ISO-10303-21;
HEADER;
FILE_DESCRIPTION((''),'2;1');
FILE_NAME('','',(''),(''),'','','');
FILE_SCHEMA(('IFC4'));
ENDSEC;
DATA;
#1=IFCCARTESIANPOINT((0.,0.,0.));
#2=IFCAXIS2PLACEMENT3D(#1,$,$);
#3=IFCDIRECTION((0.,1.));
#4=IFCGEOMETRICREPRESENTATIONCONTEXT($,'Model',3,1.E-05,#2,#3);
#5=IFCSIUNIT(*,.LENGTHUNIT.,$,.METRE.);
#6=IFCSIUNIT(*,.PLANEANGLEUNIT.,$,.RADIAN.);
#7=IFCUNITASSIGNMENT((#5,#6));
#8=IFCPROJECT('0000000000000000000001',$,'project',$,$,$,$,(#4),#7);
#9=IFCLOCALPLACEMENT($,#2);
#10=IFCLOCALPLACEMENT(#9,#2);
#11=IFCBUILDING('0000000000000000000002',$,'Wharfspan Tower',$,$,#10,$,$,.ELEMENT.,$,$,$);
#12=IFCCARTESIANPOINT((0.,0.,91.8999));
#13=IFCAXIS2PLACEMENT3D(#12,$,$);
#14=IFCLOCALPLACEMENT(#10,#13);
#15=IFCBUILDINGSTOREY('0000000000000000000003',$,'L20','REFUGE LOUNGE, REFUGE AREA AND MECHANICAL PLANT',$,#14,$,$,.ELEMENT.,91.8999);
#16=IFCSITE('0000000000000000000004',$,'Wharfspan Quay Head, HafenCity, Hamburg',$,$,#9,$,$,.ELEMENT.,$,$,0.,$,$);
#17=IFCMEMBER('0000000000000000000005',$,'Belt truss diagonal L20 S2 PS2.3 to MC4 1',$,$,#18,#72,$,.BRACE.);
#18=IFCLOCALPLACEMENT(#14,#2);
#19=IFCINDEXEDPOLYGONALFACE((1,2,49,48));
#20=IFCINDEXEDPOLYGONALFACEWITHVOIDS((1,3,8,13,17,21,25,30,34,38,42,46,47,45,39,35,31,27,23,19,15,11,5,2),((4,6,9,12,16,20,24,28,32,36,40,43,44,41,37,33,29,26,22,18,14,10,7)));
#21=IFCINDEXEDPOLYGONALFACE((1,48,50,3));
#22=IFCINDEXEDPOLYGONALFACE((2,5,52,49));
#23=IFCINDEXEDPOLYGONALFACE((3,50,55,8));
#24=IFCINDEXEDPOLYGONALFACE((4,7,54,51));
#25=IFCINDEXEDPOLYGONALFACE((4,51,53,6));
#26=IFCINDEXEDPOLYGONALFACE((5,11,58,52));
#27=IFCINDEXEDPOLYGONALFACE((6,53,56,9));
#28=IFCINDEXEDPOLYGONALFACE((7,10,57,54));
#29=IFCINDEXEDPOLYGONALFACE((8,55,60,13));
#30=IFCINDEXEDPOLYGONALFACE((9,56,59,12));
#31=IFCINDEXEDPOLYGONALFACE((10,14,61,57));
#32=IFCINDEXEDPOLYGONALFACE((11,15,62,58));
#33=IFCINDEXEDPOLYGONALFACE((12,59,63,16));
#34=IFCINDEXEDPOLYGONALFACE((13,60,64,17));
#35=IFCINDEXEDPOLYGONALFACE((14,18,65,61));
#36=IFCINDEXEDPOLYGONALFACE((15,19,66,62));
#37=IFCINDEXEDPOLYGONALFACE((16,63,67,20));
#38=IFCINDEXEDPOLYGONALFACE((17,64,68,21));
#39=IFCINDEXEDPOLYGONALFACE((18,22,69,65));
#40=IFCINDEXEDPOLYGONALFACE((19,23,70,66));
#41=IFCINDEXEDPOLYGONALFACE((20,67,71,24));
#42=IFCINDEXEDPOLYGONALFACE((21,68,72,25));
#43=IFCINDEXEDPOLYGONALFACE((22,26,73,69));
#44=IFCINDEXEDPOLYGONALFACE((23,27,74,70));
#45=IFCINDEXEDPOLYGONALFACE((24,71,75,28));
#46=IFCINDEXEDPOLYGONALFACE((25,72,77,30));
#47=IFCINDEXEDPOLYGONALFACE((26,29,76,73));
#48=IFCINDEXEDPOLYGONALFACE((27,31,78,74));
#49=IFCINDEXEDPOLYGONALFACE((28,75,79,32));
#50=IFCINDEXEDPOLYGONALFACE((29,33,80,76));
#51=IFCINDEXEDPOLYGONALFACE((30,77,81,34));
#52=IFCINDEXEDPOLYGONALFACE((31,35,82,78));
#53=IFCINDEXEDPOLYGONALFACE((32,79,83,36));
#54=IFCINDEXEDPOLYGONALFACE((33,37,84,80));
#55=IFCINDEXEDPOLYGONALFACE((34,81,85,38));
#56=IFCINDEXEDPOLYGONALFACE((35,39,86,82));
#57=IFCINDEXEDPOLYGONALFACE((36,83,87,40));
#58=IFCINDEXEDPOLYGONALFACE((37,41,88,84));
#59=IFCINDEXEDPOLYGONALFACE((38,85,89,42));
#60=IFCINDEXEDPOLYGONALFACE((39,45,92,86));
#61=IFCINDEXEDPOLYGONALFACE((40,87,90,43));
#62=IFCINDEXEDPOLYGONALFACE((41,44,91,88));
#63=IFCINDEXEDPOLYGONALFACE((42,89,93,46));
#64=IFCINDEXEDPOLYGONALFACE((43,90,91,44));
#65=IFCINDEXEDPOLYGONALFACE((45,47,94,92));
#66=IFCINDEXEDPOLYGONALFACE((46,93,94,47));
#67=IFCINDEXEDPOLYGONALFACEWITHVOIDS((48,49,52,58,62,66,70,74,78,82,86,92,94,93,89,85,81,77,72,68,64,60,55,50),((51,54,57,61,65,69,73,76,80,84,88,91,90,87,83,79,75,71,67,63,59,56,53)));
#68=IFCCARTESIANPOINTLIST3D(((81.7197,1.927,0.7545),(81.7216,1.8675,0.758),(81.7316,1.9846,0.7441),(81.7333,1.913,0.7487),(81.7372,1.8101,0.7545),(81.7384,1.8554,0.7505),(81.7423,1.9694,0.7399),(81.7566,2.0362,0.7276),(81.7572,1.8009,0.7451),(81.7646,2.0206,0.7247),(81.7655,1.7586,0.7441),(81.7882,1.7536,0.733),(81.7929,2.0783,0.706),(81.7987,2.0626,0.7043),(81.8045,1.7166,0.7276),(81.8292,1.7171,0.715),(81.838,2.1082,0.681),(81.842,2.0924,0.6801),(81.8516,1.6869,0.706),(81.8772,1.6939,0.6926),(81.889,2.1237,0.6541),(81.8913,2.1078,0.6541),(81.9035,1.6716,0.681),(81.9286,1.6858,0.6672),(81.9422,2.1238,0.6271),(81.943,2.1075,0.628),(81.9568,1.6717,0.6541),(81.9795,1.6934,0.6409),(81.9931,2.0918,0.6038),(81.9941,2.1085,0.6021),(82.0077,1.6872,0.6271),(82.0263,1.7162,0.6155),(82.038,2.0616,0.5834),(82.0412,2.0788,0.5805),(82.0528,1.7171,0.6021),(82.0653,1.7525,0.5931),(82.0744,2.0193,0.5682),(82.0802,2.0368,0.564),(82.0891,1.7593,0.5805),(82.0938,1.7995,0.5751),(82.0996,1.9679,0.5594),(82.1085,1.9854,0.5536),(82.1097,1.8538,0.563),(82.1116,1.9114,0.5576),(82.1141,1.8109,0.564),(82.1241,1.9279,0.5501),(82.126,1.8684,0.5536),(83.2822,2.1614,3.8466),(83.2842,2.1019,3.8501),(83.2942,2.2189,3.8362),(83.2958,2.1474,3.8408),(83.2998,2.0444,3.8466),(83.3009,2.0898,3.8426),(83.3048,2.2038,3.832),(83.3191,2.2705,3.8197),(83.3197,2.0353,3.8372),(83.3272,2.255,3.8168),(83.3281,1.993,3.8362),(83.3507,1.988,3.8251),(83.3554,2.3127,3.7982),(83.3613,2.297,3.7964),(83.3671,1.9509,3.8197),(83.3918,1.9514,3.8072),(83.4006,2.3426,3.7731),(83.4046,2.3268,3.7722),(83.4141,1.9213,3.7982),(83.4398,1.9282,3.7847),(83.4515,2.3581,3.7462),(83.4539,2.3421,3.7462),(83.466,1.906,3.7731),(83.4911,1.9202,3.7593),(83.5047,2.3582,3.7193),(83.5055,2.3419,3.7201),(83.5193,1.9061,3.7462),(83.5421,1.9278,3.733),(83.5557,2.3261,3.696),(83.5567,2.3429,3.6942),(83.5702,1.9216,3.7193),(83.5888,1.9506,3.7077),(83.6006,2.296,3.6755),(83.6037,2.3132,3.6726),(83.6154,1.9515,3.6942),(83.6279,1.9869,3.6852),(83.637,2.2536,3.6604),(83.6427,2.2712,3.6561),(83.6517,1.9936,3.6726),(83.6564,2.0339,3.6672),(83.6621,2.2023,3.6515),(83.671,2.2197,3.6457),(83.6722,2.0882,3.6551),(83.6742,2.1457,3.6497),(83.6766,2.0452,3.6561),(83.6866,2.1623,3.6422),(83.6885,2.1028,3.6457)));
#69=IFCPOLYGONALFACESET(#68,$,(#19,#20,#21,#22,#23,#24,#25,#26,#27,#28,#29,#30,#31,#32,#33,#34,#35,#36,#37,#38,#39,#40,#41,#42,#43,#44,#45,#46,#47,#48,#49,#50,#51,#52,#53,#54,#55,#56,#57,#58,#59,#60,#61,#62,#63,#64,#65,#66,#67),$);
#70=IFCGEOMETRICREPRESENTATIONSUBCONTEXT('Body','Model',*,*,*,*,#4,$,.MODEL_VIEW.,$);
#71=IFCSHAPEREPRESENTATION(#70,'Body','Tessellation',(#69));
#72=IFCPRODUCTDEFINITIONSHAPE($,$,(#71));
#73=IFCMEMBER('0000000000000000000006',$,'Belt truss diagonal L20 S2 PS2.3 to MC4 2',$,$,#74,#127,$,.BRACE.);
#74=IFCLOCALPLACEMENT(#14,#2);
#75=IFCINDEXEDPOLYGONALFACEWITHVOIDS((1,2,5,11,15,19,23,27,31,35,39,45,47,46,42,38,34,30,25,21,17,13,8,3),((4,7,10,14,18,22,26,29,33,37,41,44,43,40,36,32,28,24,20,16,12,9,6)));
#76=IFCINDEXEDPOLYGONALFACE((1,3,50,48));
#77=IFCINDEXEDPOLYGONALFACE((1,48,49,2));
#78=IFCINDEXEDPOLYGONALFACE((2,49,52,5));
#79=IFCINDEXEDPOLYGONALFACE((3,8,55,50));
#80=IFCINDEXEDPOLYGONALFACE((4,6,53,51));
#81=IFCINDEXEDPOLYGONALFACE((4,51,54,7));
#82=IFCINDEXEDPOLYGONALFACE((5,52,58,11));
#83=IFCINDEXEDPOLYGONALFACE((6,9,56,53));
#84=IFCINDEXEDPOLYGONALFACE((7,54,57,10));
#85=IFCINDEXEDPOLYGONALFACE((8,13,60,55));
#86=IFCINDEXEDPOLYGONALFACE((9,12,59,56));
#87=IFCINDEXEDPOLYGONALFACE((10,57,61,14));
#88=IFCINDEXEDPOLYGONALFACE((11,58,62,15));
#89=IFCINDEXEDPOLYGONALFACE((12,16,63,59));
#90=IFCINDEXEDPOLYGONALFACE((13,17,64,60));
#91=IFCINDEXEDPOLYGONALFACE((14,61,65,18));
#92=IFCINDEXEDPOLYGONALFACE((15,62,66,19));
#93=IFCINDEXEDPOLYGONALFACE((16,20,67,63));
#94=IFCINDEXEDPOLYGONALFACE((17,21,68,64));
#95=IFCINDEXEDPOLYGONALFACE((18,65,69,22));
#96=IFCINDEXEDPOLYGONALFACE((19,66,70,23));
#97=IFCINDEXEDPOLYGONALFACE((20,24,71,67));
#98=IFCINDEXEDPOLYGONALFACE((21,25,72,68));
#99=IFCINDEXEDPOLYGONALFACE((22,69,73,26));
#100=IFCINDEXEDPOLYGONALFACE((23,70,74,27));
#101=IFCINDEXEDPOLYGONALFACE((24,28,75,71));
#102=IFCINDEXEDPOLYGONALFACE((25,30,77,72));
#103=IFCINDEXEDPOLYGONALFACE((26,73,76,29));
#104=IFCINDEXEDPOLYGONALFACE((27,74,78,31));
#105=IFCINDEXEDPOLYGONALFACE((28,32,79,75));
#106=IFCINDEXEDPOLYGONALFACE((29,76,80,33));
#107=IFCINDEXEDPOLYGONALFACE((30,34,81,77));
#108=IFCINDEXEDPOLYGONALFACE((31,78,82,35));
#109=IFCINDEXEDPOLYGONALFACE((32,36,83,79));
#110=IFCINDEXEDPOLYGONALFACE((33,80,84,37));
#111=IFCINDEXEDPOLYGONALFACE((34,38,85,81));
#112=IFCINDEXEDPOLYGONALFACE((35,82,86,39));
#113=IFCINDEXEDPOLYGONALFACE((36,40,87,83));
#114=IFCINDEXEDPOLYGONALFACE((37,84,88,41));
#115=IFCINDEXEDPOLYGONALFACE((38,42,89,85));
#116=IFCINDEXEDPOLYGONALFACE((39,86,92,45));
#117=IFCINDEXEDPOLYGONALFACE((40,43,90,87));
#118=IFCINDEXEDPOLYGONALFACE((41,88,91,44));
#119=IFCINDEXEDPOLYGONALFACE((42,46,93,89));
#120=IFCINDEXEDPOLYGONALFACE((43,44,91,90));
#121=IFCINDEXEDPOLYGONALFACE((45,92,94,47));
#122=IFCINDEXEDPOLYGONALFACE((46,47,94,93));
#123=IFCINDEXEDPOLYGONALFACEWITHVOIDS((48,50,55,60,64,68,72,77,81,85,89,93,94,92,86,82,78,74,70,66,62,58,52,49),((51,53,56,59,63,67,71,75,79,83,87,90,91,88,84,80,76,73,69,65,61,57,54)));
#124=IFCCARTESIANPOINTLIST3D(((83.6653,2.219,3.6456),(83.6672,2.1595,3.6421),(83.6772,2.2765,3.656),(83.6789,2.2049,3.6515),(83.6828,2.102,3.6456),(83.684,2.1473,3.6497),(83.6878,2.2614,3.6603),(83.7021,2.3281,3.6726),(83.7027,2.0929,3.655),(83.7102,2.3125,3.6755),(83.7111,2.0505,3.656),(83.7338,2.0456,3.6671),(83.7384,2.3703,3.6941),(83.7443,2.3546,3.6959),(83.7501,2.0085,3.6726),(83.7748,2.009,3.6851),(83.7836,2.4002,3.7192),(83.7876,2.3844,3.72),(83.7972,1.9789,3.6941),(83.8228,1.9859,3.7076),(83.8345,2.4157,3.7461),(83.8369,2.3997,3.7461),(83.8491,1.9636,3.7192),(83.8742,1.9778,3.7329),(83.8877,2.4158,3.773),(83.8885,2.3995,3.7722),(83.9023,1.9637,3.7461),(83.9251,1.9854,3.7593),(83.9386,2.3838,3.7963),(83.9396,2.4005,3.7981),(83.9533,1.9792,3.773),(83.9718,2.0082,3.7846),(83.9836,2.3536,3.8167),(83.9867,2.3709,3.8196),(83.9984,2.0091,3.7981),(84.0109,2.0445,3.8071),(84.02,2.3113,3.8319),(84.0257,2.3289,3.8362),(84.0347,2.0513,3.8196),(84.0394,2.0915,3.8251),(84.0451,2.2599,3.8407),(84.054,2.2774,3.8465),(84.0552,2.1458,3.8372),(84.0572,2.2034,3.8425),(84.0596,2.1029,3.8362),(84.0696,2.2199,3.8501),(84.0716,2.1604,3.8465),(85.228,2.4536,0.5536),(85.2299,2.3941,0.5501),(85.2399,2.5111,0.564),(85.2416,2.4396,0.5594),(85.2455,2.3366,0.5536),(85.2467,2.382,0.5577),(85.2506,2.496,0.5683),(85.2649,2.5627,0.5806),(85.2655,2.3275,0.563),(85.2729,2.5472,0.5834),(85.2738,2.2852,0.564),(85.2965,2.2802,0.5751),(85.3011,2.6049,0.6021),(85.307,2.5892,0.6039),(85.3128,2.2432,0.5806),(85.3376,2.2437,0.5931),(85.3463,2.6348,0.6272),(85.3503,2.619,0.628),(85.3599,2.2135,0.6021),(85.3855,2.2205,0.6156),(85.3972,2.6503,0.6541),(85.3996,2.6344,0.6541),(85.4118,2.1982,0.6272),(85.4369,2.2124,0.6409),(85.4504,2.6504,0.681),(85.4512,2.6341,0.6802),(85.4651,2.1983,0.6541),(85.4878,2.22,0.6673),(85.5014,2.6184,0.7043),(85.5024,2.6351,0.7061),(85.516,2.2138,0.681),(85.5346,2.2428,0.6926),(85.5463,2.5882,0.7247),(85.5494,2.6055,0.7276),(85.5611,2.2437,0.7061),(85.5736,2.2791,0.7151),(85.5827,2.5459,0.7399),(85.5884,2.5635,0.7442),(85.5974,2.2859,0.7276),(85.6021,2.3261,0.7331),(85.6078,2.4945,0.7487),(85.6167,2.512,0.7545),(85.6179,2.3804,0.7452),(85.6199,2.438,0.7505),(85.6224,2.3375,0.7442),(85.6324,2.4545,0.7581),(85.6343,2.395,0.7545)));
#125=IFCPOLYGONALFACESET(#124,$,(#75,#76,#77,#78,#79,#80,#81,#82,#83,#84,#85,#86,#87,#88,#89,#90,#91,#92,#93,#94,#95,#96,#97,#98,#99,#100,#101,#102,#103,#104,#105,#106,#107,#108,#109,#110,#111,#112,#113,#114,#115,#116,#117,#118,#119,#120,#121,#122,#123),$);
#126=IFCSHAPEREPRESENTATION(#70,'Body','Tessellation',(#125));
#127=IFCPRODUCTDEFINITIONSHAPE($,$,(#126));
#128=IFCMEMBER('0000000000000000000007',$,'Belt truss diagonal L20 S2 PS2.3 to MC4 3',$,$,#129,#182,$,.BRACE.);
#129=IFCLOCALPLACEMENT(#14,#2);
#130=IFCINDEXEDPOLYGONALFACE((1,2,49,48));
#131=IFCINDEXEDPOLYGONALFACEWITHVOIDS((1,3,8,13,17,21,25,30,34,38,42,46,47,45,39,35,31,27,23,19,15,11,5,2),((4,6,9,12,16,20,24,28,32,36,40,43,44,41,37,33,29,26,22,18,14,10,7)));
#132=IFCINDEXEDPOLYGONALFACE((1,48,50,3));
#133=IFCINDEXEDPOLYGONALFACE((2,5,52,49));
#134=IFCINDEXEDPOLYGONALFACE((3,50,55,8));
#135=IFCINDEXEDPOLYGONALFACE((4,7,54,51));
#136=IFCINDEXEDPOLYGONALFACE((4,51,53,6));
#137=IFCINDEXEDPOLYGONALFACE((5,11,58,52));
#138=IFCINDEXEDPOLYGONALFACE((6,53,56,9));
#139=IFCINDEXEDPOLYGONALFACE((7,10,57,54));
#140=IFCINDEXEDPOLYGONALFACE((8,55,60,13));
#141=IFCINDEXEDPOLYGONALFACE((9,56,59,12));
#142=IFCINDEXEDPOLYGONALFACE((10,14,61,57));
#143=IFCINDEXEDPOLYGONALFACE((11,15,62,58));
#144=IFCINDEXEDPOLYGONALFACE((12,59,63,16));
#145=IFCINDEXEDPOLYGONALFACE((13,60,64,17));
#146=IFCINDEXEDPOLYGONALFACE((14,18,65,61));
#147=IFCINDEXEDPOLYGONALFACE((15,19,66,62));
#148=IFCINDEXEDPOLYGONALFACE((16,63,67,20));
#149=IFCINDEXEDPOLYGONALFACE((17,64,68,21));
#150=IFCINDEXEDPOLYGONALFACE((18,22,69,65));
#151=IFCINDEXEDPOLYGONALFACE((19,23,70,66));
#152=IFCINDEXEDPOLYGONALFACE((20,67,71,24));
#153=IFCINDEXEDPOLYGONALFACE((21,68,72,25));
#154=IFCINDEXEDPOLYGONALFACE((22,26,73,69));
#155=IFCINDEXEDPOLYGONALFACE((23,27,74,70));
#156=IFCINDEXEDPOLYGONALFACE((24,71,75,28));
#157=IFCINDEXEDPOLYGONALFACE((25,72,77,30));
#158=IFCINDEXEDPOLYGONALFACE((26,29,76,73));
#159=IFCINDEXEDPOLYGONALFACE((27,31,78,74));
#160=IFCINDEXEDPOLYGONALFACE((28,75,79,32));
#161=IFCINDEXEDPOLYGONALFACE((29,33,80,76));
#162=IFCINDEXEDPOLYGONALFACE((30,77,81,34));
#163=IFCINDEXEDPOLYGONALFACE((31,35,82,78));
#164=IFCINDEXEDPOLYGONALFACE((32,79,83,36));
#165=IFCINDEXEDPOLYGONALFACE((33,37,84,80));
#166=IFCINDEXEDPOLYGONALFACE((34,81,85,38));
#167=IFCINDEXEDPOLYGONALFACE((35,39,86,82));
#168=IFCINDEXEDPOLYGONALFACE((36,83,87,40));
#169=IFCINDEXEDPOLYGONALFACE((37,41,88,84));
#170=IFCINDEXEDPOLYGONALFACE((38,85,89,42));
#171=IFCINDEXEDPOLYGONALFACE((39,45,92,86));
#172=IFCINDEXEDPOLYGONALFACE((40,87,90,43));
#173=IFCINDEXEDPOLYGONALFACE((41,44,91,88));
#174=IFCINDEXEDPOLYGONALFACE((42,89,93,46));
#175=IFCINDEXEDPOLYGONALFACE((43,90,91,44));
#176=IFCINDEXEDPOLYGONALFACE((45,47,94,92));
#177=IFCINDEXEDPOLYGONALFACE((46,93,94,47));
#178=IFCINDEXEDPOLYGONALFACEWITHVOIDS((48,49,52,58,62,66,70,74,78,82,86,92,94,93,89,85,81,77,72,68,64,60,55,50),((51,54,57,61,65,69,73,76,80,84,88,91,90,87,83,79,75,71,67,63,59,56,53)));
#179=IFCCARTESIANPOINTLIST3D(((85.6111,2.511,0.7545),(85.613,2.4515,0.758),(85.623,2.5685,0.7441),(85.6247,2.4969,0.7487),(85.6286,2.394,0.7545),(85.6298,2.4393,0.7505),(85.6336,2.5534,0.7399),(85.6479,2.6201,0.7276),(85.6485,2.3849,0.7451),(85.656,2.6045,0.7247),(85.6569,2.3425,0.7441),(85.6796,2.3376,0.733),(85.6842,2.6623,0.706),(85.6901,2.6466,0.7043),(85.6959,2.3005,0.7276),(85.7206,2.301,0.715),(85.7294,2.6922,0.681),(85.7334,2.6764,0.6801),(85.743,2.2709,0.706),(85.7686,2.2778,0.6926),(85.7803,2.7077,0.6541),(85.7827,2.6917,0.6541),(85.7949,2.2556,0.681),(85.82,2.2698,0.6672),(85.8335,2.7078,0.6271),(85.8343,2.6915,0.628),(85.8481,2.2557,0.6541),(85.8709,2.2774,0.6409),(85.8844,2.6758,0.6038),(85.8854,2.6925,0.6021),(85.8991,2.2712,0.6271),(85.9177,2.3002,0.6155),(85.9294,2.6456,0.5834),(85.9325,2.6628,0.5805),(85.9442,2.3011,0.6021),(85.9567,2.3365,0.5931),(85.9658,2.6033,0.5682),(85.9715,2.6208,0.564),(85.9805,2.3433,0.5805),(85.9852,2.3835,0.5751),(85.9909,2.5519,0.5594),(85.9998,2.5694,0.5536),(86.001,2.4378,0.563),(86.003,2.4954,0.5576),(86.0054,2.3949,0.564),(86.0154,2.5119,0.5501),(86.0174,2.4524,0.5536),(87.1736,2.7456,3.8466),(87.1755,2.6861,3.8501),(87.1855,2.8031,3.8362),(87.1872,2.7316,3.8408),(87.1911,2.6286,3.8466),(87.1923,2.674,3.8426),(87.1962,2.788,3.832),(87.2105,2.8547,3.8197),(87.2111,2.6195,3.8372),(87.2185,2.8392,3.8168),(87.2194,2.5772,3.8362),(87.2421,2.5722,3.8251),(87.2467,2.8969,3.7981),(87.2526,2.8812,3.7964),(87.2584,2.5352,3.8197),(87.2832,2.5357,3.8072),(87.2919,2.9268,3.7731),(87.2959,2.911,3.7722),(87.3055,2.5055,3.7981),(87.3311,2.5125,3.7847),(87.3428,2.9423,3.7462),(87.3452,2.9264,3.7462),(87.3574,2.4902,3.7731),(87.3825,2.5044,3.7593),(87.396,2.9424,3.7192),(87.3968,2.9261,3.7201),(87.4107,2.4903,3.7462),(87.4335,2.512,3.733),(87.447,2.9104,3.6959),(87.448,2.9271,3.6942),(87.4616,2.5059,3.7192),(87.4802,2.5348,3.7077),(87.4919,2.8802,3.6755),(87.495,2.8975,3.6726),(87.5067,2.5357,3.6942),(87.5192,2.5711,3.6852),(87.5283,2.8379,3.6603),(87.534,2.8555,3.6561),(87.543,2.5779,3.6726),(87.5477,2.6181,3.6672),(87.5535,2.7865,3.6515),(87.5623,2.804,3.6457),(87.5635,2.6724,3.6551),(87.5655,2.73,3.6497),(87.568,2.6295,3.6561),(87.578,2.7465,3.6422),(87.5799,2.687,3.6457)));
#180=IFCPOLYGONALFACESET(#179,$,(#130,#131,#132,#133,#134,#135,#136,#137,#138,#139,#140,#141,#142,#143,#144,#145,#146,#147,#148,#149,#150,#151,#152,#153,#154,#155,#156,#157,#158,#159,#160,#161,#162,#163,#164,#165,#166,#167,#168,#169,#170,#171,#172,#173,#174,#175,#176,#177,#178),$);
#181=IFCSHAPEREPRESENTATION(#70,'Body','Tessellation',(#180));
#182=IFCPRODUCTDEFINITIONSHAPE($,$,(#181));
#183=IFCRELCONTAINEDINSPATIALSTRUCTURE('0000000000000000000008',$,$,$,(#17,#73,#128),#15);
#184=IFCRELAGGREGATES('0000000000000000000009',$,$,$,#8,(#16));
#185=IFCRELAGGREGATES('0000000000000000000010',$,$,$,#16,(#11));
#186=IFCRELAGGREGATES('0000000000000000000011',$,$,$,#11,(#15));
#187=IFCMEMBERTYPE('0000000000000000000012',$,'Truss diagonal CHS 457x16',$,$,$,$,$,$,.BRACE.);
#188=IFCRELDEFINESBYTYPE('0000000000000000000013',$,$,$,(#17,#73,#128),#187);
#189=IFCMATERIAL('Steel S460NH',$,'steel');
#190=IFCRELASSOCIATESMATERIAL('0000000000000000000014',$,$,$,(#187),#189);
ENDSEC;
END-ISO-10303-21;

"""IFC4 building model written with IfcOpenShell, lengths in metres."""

from ifc_helpers import new_model, si_unit, direction, frame, origin, origin_2d, place, context, subcontext, project, spatial, hollow_circle, extrude, material, material_profile, profile_set, type_object, element, save


model = new_model("IFC4")

# Units and contexts
model_context = context("Model", 3, precision=1e-05, world=origin(), true_north=direction((0.0, 1.0)))
body_context = subcontext(model_context, "Body", "Model", "MODEL_VIEW")
ifc_project = project(units=[si_unit("LENGTHUNIT", "METRE"), si_unit("PLANEANGLEUNIT", "RADIAN")], contexts=[model_context])

# Site, building, storey
site_placement = place(None, origin())
site = spatial("IfcSite", under=ifc_project, at=site_placement, Name="Wharfspan Quay Head, HafenCity, Hamburg", CompositionType="ELEMENT", RefElevation=0.0)
building_placement = place(site_placement, origin())
building = spatial("IfcBuilding", under=site, at=building_placement, Name="Wharfspan Tower", CompositionType="ELEMENT")
storey_placement = place(building_placement, frame((0.0, 0.0, 91.8999)))
storey = spatial("IfcBuildingStorey", under=building, at=storey_placement, Name="L20", Description="REFUGE LOUNGE, REFUGE AREA AND MECHANICAL PLANT", CompositionType="ELEMENT", Elevation=91.8999)

# Members
ifc_material_1 = material(Name="Steel S460NH", Category="steel")
ifc_material_profile_1 = material_profile(ifc_material_1, hollow_circle(Radius=0.2285, WallThickness=0.0161, at=origin_2d()))
ifc_profile_set_1 = profile_set([ifc_material_profile_1], Name="Steel S460NH")
member_type_1 = type_object("IfcMemberType", Name="Truss diagonal CHS 457x16", PredefinedType="BRACE", material=ifc_profile_set_1)
for number, where, z_axis, x_axis, name in (
    (1, (81.9229, 1.8977, 0.6541), (0.449986, 0.067498, 0.890481), (-0.148342, 0.988932, 0.000001), "Belt truss diagonal L20 S2 PS2.3 to MC4 1"),
    (2, (83.8684, 2.1897, 3.7461), (0.45004, 0.067566, -0.890449), (-0.14847, 0.988921, 0.0), "Belt truss diagonal L20 S2 PS2.3 to MC4 2"),
    (3, (85.8142, 2.4817, 0.6541), (0.449984, 0.067568, 0.890477), (-0.148488, 0.988915, -0.000002), "Belt truss diagonal L20 S2 PS2.3 to MC4 3"),
):
    element("IfcMember", number, at=place(storey_placement, frame(where, z_axis=z_axis, x_axis=x_axis)), inside=storey, type_object=member_type_1, Name=name, PredefinedType="BRACE", context=body_context, shape_type="SweptSolid", body=[
        extrude(hollow_circle(Radius=0.2285, WallThickness=0.0161, at=origin_2d()), origin(), (0.0, 0.0, 1.0), 3.4724),
    ])

save(model, "model.ifc")
